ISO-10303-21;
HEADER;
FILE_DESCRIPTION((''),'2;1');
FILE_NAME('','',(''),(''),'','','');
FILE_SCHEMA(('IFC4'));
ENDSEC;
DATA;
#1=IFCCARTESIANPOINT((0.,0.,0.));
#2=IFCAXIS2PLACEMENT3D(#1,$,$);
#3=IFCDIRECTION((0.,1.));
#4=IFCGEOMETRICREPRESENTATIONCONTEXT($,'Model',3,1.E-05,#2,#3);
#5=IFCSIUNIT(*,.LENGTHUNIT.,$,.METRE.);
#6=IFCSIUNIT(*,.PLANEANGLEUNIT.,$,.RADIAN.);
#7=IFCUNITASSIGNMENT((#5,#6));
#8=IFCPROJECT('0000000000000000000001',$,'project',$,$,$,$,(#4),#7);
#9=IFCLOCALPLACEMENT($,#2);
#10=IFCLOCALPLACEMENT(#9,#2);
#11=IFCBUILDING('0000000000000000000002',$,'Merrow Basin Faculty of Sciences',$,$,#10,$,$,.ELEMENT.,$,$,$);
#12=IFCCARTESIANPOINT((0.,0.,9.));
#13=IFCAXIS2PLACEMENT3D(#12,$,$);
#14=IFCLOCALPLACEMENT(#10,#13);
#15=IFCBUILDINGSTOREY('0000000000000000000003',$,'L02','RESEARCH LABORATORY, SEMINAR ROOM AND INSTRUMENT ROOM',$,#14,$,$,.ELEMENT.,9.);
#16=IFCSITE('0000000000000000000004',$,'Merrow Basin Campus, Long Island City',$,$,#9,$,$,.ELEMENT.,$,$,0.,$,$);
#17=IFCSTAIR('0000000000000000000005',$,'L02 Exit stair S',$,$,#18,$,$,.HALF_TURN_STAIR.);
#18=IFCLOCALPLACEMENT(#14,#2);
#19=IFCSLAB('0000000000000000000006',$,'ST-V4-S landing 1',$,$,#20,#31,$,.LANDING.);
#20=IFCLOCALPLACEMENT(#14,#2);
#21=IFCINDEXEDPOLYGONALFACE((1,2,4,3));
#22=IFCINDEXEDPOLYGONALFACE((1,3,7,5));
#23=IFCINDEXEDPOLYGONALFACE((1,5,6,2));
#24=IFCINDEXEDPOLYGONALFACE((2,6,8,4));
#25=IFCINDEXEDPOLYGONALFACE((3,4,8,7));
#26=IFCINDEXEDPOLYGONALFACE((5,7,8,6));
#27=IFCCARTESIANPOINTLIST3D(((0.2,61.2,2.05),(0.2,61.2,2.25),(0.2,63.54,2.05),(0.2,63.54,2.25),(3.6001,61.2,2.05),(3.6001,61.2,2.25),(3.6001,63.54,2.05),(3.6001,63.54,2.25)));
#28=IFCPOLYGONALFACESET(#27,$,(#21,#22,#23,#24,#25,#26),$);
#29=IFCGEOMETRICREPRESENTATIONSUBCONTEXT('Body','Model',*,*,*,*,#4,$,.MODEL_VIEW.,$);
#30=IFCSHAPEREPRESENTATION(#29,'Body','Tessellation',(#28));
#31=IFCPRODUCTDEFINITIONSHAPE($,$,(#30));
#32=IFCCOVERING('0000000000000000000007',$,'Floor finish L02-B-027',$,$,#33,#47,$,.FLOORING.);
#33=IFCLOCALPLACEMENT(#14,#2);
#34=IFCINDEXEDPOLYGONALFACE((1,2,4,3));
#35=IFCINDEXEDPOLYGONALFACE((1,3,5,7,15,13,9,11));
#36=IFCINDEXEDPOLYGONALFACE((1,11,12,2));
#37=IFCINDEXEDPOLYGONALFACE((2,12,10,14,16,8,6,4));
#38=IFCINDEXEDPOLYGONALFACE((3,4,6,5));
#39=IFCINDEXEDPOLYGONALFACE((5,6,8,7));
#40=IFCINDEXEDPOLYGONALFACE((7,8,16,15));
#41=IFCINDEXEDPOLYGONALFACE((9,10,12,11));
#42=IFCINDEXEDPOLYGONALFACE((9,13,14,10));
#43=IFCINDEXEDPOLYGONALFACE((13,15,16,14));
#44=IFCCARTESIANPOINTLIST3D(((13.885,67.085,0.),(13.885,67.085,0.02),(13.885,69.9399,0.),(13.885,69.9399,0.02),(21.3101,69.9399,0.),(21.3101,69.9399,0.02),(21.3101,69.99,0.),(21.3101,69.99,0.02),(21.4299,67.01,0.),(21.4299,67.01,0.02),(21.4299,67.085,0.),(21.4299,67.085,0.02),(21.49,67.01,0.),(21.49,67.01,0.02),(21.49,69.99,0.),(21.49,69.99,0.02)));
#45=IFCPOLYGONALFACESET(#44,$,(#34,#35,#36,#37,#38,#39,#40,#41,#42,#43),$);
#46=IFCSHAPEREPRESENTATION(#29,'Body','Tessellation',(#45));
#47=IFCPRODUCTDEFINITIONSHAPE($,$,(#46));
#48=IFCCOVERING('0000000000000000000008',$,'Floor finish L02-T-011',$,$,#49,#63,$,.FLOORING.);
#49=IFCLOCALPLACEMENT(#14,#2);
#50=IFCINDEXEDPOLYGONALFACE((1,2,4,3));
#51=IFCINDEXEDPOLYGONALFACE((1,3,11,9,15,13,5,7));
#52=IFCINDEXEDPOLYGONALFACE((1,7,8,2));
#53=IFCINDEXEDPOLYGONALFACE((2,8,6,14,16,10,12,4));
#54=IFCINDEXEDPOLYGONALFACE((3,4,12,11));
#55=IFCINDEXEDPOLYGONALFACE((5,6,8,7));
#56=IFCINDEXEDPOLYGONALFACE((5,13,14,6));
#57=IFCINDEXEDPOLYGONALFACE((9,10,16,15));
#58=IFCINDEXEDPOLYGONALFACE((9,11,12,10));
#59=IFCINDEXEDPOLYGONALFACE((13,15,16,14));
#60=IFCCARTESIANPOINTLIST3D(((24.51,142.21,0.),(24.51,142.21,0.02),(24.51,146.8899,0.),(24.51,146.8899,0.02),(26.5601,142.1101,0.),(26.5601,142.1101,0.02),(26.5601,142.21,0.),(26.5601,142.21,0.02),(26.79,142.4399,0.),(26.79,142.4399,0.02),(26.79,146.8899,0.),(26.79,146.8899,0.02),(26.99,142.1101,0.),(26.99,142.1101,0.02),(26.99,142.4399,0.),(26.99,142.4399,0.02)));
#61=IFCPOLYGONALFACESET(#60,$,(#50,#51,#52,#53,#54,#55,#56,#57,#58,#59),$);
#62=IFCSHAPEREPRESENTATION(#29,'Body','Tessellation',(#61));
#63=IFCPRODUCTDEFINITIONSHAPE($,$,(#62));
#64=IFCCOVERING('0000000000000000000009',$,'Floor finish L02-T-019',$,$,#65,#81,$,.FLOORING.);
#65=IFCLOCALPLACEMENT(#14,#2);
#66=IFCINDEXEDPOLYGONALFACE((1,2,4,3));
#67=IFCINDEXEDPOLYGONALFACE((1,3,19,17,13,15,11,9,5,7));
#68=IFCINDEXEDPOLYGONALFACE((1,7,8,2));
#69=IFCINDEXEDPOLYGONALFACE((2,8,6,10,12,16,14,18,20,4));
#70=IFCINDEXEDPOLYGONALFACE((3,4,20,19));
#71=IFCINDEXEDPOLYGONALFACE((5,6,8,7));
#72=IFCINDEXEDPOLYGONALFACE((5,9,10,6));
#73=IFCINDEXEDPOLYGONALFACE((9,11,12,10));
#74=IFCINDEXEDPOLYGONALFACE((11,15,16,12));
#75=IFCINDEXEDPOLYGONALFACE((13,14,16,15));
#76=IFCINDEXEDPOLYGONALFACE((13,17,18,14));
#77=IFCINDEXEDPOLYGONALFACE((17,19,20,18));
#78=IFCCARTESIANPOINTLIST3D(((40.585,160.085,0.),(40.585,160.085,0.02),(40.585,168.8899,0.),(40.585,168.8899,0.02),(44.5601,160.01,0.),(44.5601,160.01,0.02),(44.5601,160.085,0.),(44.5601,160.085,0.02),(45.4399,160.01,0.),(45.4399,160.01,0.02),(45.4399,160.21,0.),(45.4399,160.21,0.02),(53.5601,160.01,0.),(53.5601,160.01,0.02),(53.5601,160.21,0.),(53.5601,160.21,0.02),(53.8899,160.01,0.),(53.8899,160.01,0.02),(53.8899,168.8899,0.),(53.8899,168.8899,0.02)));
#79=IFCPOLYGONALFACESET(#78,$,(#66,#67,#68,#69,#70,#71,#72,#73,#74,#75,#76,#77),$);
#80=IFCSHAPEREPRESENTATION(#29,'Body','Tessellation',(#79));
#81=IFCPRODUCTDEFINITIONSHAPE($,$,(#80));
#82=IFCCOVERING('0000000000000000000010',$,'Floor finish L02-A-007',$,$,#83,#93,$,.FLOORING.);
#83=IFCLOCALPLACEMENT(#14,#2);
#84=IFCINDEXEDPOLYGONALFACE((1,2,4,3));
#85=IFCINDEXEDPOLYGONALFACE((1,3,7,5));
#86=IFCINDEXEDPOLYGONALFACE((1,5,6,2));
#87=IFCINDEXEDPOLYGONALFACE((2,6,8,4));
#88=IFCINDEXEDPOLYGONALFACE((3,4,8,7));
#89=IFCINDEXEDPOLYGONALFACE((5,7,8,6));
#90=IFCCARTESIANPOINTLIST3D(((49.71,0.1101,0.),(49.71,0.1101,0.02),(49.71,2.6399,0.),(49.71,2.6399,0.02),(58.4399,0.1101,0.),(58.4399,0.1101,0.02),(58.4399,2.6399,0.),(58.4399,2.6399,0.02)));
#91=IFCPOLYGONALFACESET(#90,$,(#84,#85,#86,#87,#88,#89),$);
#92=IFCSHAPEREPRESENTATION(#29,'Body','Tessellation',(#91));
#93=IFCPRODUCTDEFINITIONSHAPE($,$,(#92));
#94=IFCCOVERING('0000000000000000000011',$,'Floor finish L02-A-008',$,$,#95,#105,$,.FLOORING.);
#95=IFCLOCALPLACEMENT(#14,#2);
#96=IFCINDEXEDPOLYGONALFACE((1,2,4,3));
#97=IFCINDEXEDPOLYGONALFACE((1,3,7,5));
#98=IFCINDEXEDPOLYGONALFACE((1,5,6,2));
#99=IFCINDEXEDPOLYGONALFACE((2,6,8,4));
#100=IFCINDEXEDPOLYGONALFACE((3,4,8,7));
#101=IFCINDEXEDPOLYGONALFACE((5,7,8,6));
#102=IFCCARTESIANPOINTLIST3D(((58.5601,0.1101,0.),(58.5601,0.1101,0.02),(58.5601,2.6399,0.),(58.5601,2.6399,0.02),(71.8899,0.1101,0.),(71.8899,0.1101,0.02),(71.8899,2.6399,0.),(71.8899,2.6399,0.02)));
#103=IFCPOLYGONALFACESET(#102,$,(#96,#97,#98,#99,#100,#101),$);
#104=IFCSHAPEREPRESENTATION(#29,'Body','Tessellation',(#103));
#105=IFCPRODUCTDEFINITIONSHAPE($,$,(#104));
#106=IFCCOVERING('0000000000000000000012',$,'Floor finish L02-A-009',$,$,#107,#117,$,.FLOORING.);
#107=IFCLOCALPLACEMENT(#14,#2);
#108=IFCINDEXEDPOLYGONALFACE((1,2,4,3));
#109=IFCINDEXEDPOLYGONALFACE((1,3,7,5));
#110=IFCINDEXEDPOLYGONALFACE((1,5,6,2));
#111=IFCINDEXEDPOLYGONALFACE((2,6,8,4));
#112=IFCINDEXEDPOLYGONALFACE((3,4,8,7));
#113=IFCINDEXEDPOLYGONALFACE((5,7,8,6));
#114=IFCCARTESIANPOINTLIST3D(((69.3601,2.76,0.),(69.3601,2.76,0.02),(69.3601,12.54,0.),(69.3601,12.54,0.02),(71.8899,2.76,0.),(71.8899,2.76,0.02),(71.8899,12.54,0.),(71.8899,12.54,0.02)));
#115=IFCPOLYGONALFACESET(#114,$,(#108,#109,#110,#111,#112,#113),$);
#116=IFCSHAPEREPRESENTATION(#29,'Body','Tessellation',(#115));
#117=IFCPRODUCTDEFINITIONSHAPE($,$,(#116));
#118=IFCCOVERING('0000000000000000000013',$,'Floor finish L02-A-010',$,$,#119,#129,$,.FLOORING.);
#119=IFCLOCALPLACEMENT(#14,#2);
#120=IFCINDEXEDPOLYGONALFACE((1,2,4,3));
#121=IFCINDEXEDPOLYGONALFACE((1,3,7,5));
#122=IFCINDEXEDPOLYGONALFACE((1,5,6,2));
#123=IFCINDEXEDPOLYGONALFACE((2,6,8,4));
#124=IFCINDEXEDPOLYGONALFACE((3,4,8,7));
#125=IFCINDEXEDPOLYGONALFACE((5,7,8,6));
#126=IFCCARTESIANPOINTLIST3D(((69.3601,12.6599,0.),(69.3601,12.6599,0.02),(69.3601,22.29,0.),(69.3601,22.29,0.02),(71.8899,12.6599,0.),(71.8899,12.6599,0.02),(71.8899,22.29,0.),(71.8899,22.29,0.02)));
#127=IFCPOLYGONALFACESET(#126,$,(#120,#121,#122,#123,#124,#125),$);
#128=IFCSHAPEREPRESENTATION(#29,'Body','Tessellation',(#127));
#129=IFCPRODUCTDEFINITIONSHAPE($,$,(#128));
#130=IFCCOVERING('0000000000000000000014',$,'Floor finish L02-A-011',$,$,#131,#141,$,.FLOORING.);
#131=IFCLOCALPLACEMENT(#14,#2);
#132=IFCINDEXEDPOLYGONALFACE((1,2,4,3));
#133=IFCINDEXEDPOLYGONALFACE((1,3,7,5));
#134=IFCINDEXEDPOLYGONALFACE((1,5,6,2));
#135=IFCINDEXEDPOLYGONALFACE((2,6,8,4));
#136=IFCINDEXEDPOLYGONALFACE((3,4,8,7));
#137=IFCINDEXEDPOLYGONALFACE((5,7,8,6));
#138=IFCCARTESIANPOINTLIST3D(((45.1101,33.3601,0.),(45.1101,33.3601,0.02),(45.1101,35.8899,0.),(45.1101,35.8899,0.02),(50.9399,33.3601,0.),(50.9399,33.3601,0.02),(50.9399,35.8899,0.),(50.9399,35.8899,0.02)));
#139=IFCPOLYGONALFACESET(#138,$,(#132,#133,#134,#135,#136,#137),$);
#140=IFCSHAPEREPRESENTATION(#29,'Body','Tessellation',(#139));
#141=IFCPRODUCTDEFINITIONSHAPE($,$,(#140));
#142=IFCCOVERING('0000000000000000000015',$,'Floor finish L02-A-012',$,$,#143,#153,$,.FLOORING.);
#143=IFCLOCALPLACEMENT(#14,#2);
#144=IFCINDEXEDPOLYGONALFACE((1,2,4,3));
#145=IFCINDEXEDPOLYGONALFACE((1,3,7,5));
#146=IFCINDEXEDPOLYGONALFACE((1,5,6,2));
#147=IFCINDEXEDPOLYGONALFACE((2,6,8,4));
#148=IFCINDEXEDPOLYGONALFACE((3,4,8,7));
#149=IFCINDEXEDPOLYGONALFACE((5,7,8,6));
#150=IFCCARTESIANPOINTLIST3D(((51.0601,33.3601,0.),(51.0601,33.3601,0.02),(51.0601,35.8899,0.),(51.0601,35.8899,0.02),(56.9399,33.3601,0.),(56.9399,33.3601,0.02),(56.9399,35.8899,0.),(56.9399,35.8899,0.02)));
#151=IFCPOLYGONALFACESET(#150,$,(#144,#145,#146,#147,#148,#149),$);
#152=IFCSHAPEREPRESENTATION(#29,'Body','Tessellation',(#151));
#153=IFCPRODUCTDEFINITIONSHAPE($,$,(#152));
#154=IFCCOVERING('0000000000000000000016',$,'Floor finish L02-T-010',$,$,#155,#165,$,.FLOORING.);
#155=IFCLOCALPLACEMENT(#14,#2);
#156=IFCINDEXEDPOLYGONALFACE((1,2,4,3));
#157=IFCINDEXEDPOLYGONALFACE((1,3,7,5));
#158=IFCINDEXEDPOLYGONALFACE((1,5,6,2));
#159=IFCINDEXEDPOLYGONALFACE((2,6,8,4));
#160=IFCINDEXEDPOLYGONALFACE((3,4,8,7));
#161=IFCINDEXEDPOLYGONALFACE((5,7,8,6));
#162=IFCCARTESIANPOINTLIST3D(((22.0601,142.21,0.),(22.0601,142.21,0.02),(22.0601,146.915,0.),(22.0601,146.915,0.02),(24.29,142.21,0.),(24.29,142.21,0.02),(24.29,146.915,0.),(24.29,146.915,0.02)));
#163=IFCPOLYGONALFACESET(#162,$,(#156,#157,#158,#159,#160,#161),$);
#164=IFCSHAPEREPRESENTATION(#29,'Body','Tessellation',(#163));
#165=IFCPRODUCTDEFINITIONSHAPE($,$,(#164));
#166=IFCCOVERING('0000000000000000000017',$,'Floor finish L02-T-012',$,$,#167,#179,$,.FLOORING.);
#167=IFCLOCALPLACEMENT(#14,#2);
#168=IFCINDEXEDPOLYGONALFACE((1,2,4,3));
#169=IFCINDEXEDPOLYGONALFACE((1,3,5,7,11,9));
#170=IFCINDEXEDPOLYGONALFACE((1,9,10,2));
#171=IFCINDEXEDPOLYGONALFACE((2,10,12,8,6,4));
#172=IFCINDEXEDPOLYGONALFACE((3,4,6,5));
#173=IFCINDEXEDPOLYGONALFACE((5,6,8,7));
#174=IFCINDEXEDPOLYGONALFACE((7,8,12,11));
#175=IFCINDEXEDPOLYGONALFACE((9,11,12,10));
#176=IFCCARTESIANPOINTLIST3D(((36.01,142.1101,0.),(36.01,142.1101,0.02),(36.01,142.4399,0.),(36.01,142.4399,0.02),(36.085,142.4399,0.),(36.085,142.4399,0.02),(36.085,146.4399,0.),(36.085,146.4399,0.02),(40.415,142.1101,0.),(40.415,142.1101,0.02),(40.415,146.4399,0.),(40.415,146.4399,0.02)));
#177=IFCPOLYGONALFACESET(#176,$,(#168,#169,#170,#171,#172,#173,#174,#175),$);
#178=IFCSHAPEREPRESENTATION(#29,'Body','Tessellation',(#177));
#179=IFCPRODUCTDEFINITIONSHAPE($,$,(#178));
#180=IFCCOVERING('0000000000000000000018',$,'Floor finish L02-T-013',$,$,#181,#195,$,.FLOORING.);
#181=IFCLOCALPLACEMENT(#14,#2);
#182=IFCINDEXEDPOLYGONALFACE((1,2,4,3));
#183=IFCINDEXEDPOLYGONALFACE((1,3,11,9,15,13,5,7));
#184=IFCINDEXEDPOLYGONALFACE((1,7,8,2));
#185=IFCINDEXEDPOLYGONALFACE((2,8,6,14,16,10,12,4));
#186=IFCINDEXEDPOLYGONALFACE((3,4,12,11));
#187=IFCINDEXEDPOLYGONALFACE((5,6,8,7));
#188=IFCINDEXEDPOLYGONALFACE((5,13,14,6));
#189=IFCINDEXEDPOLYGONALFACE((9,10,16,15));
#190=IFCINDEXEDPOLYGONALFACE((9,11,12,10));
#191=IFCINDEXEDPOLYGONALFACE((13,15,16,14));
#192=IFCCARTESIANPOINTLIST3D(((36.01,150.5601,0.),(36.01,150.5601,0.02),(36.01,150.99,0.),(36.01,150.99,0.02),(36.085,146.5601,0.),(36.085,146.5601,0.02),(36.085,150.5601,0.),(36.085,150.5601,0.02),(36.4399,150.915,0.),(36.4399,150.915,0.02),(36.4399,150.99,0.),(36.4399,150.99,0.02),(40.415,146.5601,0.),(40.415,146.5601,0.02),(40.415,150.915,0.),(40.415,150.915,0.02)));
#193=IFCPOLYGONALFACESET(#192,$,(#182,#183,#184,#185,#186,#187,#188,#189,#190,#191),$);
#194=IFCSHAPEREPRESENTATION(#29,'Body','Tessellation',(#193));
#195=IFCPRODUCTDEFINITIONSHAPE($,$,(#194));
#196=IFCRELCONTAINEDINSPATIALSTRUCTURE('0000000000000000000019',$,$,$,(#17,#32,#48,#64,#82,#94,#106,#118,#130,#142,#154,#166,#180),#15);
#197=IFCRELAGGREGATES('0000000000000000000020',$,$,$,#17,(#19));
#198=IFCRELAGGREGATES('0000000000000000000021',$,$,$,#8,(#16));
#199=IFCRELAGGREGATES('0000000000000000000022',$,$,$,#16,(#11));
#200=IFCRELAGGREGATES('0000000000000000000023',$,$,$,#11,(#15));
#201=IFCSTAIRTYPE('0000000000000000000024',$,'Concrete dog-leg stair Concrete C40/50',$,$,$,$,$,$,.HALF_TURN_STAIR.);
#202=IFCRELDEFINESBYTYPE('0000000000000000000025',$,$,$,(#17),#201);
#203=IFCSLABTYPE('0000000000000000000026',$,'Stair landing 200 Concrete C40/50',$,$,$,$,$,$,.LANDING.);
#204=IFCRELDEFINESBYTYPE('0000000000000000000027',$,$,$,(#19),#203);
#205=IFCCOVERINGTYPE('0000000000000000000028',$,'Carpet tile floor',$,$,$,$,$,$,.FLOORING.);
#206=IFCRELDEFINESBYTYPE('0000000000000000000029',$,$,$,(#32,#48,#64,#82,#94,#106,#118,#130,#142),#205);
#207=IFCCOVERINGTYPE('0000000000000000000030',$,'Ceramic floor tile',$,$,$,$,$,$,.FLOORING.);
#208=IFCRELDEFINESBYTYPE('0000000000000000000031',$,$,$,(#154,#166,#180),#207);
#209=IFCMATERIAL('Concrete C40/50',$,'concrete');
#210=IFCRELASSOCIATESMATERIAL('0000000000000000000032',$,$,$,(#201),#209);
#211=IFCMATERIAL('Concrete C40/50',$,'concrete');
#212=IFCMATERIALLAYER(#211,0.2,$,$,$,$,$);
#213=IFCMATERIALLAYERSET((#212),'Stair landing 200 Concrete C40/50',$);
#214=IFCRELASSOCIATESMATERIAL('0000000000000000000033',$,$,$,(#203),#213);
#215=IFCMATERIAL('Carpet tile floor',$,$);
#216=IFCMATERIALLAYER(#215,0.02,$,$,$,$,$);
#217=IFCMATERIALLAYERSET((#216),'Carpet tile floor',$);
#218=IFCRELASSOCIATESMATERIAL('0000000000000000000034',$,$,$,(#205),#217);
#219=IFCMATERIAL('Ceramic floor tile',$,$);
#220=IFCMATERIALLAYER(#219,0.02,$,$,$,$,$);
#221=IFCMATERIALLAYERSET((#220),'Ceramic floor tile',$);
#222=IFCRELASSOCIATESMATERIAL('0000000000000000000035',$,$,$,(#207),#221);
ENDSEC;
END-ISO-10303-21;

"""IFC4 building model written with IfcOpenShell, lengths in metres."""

from ifc_helpers import new_model, si_unit, direction, frame, origin, place, context, subcontext, project, spatial, polyline, outline, extrude, material, layer, layer_set, type_object, element, aggregate, save


model = new_model("IFC4")

# Units and contexts
model_context = context("Model", 3, precision=1e-05, world=origin(), true_north=direction((0.0, 1.0)))
body_context = subcontext(model_context, "Body", "Model", "MODEL_VIEW")
ifc_project = project(units=[si_unit("LENGTHUNIT", "METRE"), si_unit("PLANEANGLEUNIT", "RADIAN")], contexts=[model_context])

# Site, building, storey
site_placement = place(None, origin())
site = spatial("IfcSite", under=ifc_project, at=site_placement, Name="Merrow Basin Campus, Long Island City", CompositionType="ELEMENT", RefElevation=0.0)
building_placement = place(site_placement, origin())
building = spatial("IfcBuilding", under=site, at=building_placement, Name="Merrow Basin Faculty of Sciences", CompositionType="ELEMENT")
storey_placement = place(building_placement, frame((0.0, 0.0, 9.0)))
storey = spatial("IfcBuildingStorey", under=building, at=storey_placement, Name="L02", Description="RESEARCH LABORATORY, SEMINAR ROOM AND INSTRUMENT ROOM", CompositionType="ELEMENT", Elevation=9.0)

# Stair, slab
ifc_material_1 = material(Name="Concrete C40/50", Category="concrete")
stair_type = type_object("IfcStairType", Name="Concrete dog-leg stair Concrete C40/50", PredefinedType="HALF_TURN_STAIR", material=ifc_material_1)
stair_placement = place(storey_placement, origin())
stair = element("IfcStair", 1, at=stair_placement, inside=storey, type_object=stair_type, Name="L02 Exit stair S", PredefinedType="HALF_TURN_STAIR")
ifc_material_2 = material(Name="Concrete C40/50", Category="concrete")
ifc_layer_1 = layer(ifc_material_2, 0.2)
ifc_layer_set_1 = layer_set([ifc_layer_1], Name="Stair landing 200 Concrete C40/50")
slab_type = type_object("IfcSlabType", Name="Stair landing 200 Concrete C40/50", PredefinedType="LANDING", material=ifc_layer_set_1)
slab_placement = place(storey_placement, frame((0.0, 0.0, 2.05)))
slab = element("IfcSlab", 2, at=slab_placement, type_object=slab_type, Name="ST-V4-S landing 1", PredefinedType="LANDING", context=body_context, shape_type="SweptSolid", body=[
    extrude(outline(polyline([(0.2, 61.2), (3.6001, 61.2), (3.6001, 63.54), (0.2, 63.54), (0.2, 61.2)])), origin(), (0.0, 0.0, 1.0), 0.2),
])
aggregate(stair, [slab])

# Coverings
ifc_material_3 = material(Name="Carpet tile floor")
ifc_layer_2 = layer(ifc_material_3, 0.02)
ifc_layer_set_2 = layer_set([ifc_layer_2], Name="Carpet tile floor")
covering_type_1 = type_object("IfcCoveringType", Name="Carpet tile floor", PredefinedType="FLOORING", material=ifc_layer_set_2)
covering_1_placement = place(storey_placement, origin())
element("IfcCovering", 3, at=covering_1_placement, inside=storey, type_object=covering_type_1, Name="Floor finish L02-B-027", PredefinedType="FLOORING", context=body_context, shape_type="SweptSolid", body=[
    extrude(outline(polyline([(21.49, 69.99), (21.49, 67.01), (21.4299, 67.01), (21.4299, 67.085), (13.885, 67.085), (13.885, 69.9399), (21.3101, 69.9399), (21.3101, 69.99), (21.49, 69.99)])), origin(), (0.0, 0.0, 1.0), 0.02),
])
covering_2_placement = place(storey_placement, origin())
element("IfcCovering", 4, at=covering_2_placement, inside=storey, type_object=covering_type_1, Name="Floor finish L02-T-011", PredefinedType="FLOORING", context=body_context, shape_type="SweptSolid", body=[
    extrude(outline(polyline([(26.99, 142.1101), (26.5601, 142.1101), (26.5601, 142.21), (24.51, 142.21), (24.51, 146.8899), (26.79, 146.8899), (26.79, 142.4399), (26.99, 142.4399), (26.99, 142.1101)])), origin(), (0.0, 0.0, 1.0), 0.02),
])
covering_3_placement = place(storey_placement, origin())
element("IfcCovering", 5, at=covering_3_placement, inside=storey, type_object=covering_type_1, Name="Floor finish L02-T-019", PredefinedType="FLOORING", context=body_context, shape_type="SweptSolid", body=[
    extrude(outline(polyline([(53.8899, 168.8899), (53.8899, 160.01), (53.5601, 160.01), (53.5601, 160.21), (45.4399, 160.21), (45.4399, 160.01), (44.5601, 160.01), (44.5601, 160.085), (40.585, 160.085), (40.585, 168.8899), (53.8899, 168.8899)])), origin(), (0.0, 0.0, 1.0), 0.02),
])
covering_4_placement = place(storey_placement, origin())
element("IfcCovering", 6, at=covering_4_placement, inside=storey, type_object=covering_type_1, Name="Floor finish L02-A-007", PredefinedType="FLOORING", context=body_context, shape_type="SweptSolid", body=[
    extrude(outline(polyline([(49.71, 0.1101), (49.71, 2.6399), (58.4399, 2.6399), (58.4399, 0.1101), (49.71, 0.1101)])), origin(), (0.0, 0.0, 1.0), 0.02),
])
covering_5_placement = place(storey_placement, origin())
element("IfcCovering", 7, at=covering_5_placement, inside=storey, type_object=covering_type_1, Name="Floor finish L02-A-008", PredefinedType="FLOORING", context=body_context, shape_type="SweptSolid", body=[
    extrude(outline(polyline([(71.8899, 0.1101), (58.5601, 0.1101), (58.5601, 2.6399), (71.8899, 2.6399), (71.8899, 0.1101)])), origin(), (0.0, 0.0, 1.0), 0.02),
])
covering_6_placement = place(storey_placement, origin())
element("IfcCovering", 8, at=covering_6_placement, inside=storey, type_object=covering_type_1, Name="Floor finish L02-A-009", PredefinedType="FLOORING", context=body_context, shape_type="SweptSolid", body=[
    extrude(outline(polyline([(71.8899, 2.76), (69.3601, 2.76), (69.3601, 12.54), (71.8899, 12.54), (71.8899, 2.76)])), origin(), (0.0, 0.0, 1.0), 0.02),
])
covering_7_placement = place(storey_placement, origin())
element("IfcCovering", 9, at=covering_7_placement, inside=storey, type_object=covering_type_1, Name="Floor finish L02-A-010", PredefinedType="FLOORING", context=body_context, shape_type="SweptSolid", body=[
    extrude(outline(polyline([(71.8899, 12.6599), (69.3601, 12.6599), (69.3601, 22.29), (71.8899, 22.29), (71.8899, 12.6599)])), origin(), (0.0, 0.0, 1.0), 0.02),
])
covering_8_placement = place(storey_placement, origin())
element("IfcCovering", 10, at=covering_8_placement, inside=storey, type_object=covering_type_1, Name="Floor finish L02-A-011", PredefinedType="FLOORING", context=body_context, shape_type="SweptSolid", body=[
    extrude(outline(polyline([(45.1101, 35.8899), (50.9399, 35.8899), (50.9399, 33.3601), (45.1101, 33.3601), (45.1101, 35.8899)])), origin(), (0.0, 0.0, 1.0), 0.02),
])
covering_9_placement = place(storey_placement, origin())
element("IfcCovering", 11, at=covering_9_placement, inside=storey, type_object=covering_type_1, Name="Floor finish L02-A-012", PredefinedType="FLOORING", context=body_context, shape_type="SweptSolid", body=[
    extrude(outline(polyline([(56.9399, 35.8899), (56.9399, 33.3601), (51.0601, 33.3601), (51.0601, 35.8899), (56.9399, 35.8899)])), origin(), (0.0, 0.0, 1.0), 0.02),
])
ifc_material_4 = material(Name="Ceramic floor tile")
ifc_layer_3 = layer(ifc_material_4, 0.02)
ifc_layer_set_3 = layer_set([ifc_layer_3], Name="Ceramic floor tile")
covering_type_2 = type_object("IfcCoveringType", Name="Ceramic floor tile", PredefinedType="FLOORING", material=ifc_layer_set_3)
covering_10_placement = place(storey_placement, origin())
element("IfcCovering", 12, at=covering_10_placement, inside=storey, type_object=covering_type_2, Name="Floor finish L02-T-010", PredefinedType="FLOORING", context=body_context, shape_type="SweptSolid", body=[
    extrude(outline(polyline([(24.29, 146.915), (24.29, 142.21), (22.0601, 142.21), (22.0601, 146.915), (24.29, 146.915)])), origin(), (0.0, 0.0, 1.0), 0.02),
])
covering_11_placement = place(storey_placement, origin())
element("IfcCovering", 13, at=covering_11_placement, inside=storey, type_object=covering_type_2, Name="Floor finish L02-T-012", PredefinedType="FLOORING", context=body_context, shape_type="SweptSolid", body=[
    extrude(outline(polyline([(36.01, 142.1101), (36.01, 142.4399), (36.085, 142.4399), (36.085, 146.4399), (40.415, 146.4399), (40.415, 142.1101), (36.01, 142.1101)])), origin(), (0.0, 0.0, 1.0), 0.02),
])
covering_12_placement = place(storey_placement, origin())
element("IfcCovering", 14, at=covering_12_placement, inside=storey, type_object=covering_type_2, Name="Floor finish L02-T-013", PredefinedType="FLOORING", context=body_context, shape_type="SweptSolid", body=[
    extrude(outline(polyline([(36.01, 150.99), (36.4399, 150.99), (36.4399, 150.915), (40.415, 150.915), (40.415, 146.5601), (36.085, 146.5601), (36.085, 150.5601), (36.01, 150.5601), (36.01, 150.99)])), origin(), (0.0, 0.0, 1.0), 0.02),
])

save(model, "model.ifc")
